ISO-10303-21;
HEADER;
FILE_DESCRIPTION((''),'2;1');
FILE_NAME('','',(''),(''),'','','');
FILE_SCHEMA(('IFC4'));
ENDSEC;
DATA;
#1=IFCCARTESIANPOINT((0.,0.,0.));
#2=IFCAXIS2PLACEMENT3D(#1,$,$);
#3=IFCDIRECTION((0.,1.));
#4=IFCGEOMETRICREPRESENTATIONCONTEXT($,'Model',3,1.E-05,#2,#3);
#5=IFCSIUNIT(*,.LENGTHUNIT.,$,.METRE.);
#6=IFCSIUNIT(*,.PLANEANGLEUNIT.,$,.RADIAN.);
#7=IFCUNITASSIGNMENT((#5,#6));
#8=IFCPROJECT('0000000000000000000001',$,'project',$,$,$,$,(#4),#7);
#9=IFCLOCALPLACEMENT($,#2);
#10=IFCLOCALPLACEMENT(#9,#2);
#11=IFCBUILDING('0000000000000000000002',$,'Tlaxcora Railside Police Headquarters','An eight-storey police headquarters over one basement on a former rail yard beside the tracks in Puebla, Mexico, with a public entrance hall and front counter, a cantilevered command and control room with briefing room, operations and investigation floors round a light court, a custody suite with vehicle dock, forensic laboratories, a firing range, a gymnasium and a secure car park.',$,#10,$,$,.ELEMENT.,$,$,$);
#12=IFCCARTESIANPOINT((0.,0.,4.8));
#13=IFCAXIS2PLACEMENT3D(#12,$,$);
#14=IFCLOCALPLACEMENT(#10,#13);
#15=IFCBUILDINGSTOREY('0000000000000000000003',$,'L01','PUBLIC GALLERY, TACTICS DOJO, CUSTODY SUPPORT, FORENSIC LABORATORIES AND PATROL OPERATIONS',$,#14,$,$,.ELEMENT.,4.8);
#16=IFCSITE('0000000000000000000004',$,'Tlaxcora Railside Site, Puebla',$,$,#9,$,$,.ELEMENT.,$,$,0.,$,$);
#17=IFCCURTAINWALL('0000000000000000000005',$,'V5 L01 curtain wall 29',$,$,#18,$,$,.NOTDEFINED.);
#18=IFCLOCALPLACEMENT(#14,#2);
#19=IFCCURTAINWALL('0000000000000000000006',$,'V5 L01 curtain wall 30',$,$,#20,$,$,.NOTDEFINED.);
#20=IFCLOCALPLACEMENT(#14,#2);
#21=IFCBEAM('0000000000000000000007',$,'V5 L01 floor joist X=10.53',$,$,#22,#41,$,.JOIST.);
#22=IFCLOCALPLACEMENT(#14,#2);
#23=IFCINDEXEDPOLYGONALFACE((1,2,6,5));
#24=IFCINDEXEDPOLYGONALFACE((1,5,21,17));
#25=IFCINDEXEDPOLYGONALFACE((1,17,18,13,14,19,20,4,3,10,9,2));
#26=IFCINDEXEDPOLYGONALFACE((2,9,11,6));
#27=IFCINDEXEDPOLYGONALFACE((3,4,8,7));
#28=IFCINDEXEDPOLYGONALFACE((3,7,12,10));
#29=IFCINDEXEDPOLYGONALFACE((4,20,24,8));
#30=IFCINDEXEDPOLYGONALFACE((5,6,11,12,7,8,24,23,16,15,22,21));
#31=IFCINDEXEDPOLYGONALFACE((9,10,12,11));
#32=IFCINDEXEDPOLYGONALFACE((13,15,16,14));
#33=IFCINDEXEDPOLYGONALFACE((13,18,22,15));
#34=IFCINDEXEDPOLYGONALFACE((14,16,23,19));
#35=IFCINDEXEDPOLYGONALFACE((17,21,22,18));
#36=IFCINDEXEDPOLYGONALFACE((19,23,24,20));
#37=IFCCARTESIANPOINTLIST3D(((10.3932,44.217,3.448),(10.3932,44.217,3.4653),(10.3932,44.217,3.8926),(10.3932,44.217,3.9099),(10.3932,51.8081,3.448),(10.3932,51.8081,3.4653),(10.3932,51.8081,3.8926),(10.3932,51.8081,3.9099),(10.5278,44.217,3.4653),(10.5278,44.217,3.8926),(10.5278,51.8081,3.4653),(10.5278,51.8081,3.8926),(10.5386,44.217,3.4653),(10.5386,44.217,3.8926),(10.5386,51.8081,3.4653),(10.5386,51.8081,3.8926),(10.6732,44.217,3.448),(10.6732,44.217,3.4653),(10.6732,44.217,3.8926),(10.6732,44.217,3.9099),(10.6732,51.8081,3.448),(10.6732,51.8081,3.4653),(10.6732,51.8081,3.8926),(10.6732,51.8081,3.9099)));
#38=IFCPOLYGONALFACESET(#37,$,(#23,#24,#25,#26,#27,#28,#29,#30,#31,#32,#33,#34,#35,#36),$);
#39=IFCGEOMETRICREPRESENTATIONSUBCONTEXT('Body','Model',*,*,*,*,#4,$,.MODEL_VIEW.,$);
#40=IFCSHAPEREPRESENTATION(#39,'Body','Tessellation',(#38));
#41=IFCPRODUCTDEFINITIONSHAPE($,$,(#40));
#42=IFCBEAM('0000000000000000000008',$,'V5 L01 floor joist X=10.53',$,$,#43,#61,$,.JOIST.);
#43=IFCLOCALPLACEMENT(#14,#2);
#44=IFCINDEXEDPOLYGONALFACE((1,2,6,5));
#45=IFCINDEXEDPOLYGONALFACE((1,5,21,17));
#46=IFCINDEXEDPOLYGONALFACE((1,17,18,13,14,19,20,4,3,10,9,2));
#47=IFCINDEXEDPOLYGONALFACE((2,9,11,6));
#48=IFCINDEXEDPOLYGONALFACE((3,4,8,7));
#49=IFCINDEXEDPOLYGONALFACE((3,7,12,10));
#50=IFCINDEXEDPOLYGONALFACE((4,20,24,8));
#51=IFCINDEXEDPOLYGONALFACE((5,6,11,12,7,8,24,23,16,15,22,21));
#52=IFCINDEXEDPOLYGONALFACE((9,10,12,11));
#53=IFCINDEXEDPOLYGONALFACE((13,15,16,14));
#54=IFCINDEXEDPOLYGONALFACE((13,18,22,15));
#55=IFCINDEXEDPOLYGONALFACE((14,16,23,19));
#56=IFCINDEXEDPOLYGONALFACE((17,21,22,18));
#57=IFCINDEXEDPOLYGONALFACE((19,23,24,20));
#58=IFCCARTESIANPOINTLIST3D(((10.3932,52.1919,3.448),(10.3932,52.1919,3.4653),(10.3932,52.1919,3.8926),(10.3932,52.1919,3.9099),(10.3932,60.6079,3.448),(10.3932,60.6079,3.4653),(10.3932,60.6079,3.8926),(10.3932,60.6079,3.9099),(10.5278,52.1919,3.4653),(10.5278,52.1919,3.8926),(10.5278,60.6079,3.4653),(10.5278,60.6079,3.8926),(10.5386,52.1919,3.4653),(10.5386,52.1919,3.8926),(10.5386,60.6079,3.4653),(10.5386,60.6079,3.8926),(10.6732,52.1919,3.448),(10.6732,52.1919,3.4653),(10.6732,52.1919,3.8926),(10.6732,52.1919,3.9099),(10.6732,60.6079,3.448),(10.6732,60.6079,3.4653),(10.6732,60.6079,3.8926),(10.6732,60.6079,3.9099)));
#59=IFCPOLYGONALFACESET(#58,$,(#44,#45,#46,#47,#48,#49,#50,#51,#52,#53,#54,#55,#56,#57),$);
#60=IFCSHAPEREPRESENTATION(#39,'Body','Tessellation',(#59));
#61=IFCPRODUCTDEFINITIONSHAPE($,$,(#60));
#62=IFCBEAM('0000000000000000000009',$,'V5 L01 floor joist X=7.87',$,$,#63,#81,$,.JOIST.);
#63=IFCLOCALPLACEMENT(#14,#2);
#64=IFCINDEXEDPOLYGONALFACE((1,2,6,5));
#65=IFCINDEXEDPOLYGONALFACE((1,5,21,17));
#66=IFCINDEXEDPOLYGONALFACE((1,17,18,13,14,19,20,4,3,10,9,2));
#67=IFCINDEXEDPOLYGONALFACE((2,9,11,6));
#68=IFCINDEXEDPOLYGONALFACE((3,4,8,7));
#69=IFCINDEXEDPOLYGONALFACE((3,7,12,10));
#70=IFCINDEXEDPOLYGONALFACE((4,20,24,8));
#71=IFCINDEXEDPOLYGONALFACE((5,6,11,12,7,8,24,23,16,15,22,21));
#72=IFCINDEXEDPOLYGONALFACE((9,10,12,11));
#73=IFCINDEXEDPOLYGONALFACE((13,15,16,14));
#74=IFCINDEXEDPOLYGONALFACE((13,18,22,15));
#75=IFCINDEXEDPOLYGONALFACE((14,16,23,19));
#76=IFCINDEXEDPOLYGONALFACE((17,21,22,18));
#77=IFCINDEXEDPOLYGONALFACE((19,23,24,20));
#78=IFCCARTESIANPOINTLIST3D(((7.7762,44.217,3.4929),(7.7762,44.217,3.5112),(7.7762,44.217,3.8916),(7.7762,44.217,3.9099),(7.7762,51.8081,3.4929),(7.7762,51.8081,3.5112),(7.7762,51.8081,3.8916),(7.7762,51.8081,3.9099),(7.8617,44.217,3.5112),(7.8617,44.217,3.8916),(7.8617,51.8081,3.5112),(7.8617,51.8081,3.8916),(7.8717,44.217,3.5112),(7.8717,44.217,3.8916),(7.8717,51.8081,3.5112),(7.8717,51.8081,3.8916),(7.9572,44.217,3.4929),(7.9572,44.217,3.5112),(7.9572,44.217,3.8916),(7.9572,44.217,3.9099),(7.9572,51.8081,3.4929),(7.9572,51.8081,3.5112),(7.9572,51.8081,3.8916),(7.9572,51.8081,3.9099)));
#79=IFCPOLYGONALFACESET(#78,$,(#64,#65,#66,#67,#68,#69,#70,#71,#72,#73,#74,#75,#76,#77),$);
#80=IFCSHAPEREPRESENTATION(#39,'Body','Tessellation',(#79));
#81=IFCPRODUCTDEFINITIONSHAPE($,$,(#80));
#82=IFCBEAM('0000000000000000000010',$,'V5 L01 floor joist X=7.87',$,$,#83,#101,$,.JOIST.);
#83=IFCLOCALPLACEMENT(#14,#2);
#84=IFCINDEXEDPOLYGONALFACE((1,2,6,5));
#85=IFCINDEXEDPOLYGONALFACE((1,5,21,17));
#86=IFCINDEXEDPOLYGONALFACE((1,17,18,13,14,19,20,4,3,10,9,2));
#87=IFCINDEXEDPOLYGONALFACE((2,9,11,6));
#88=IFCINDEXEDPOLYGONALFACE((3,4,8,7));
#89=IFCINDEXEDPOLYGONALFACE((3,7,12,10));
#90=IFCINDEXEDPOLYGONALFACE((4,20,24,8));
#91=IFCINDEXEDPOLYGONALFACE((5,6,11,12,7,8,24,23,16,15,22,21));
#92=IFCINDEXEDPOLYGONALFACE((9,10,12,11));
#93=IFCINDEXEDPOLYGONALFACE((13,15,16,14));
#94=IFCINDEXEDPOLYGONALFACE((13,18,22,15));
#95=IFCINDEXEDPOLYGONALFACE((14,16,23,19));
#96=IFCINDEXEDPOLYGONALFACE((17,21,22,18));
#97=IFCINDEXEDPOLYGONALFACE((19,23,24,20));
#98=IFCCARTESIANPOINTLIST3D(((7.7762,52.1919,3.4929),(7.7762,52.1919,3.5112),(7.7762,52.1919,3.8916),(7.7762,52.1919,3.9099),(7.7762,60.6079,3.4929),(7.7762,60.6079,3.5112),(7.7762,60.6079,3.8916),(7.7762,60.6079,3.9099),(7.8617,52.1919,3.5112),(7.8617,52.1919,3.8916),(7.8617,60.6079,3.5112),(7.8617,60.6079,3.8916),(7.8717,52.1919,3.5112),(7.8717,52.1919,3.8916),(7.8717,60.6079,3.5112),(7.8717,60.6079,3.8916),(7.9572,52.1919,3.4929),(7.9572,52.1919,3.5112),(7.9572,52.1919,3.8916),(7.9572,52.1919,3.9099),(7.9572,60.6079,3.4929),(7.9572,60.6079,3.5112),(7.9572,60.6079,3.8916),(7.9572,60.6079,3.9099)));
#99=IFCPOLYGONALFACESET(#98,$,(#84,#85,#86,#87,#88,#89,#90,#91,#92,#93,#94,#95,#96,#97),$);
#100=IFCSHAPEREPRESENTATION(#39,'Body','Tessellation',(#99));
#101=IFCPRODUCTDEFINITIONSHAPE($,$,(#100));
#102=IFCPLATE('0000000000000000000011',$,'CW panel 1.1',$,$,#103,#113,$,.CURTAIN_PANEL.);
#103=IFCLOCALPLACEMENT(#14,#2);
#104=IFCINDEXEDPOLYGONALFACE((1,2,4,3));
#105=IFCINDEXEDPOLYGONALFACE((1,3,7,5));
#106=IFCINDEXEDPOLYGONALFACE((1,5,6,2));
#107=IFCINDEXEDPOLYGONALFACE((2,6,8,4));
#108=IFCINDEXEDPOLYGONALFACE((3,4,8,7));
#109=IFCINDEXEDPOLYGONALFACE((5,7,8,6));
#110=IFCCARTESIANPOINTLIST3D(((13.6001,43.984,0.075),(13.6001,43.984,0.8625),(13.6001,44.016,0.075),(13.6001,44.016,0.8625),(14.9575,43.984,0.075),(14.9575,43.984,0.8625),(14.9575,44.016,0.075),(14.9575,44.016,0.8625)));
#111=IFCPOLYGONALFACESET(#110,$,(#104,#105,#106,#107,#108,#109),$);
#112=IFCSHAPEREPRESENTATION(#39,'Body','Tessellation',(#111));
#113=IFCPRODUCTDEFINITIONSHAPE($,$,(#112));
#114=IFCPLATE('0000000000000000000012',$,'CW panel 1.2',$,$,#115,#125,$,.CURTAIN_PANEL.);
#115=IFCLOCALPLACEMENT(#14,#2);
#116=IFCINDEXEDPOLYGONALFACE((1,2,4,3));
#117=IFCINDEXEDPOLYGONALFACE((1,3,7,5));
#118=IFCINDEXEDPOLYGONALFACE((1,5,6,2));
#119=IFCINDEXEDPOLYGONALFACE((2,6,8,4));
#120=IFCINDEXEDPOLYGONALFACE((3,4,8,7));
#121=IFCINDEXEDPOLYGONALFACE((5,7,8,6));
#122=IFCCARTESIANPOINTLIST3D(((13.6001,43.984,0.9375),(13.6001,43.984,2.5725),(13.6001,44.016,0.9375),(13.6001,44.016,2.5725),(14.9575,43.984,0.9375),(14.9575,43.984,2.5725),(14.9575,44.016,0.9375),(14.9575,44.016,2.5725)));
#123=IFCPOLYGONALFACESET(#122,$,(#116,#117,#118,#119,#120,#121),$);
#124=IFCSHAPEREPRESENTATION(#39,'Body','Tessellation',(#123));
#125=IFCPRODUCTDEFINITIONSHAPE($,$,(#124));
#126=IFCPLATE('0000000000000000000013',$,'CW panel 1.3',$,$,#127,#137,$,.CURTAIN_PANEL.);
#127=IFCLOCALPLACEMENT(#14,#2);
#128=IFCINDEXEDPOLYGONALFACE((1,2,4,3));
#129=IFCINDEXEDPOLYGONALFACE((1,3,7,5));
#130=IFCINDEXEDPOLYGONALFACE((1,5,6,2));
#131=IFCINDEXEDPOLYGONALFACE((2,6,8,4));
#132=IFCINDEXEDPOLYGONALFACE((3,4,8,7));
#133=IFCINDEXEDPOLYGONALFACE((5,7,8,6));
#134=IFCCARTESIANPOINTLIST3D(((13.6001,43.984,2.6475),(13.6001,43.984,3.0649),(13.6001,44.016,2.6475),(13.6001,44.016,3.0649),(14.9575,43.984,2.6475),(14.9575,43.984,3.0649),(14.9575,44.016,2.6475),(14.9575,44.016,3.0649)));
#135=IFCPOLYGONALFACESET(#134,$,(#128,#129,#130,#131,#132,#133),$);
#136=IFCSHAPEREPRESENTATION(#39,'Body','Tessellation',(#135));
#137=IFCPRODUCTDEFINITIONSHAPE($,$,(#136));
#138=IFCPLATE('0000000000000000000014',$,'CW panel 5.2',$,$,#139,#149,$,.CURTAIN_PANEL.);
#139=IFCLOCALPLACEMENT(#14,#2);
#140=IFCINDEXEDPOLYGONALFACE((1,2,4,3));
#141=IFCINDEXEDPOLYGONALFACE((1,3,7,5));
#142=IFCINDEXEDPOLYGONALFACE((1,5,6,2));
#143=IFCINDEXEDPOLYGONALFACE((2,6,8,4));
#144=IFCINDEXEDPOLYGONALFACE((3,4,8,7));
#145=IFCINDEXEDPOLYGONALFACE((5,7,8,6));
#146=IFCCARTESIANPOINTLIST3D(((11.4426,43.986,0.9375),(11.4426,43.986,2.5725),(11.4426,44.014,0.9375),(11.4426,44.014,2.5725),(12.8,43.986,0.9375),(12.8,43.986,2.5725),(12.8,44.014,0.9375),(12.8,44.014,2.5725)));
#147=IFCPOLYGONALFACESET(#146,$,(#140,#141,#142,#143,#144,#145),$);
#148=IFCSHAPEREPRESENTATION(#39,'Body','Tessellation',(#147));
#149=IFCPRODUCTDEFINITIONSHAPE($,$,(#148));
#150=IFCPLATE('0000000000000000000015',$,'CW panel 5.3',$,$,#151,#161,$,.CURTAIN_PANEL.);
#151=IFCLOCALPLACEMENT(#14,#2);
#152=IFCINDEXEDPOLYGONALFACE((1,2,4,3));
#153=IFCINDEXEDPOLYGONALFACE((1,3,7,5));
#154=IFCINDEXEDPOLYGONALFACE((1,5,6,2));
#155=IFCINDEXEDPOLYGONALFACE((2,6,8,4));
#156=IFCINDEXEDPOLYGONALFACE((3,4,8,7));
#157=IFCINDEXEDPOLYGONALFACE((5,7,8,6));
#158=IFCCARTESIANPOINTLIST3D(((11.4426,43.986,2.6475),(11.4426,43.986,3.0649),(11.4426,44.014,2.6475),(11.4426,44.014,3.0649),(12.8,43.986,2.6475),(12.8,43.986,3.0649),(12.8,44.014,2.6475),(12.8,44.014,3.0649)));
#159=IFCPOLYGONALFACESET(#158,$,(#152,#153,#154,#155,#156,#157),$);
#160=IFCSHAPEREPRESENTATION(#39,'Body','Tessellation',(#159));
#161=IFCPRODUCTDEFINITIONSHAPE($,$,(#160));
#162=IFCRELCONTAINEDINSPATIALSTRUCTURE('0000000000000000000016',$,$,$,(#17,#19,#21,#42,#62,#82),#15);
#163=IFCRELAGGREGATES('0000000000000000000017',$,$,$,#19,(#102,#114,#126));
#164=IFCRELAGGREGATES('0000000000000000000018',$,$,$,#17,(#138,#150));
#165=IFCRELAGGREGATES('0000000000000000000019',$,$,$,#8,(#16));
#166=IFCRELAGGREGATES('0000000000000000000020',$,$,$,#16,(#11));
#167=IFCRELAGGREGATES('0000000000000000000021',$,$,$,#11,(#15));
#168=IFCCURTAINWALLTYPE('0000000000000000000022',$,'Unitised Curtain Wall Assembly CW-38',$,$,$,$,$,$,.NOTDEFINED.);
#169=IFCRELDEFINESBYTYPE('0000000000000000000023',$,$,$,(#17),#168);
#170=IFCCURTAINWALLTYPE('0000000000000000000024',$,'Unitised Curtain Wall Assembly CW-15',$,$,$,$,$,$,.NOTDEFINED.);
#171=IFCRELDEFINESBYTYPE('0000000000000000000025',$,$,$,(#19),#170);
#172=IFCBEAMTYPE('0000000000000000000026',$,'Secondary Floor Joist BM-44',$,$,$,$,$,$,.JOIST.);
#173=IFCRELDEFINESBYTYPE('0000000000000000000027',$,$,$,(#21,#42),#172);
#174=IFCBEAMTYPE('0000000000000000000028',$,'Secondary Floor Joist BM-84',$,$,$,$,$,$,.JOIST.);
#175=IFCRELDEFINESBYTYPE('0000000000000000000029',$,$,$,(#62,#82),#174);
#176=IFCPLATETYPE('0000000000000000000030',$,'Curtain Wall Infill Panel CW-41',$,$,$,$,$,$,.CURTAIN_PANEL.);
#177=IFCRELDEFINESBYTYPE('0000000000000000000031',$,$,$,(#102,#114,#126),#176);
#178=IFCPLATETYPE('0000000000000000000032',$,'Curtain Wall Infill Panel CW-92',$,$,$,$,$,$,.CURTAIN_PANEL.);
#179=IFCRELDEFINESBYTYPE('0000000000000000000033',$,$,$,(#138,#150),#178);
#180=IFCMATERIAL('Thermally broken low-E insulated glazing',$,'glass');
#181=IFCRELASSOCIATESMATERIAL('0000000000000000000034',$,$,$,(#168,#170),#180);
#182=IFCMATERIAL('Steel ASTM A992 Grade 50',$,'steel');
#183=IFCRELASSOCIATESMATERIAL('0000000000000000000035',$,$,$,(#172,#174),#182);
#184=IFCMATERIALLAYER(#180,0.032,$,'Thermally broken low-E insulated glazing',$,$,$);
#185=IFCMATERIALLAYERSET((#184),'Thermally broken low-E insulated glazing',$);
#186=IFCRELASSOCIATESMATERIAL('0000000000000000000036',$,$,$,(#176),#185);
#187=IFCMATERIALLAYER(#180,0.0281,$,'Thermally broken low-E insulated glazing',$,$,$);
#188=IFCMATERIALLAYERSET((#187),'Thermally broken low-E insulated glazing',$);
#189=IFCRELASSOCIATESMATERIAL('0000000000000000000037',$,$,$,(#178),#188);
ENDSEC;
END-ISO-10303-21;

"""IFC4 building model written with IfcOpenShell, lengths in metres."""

from ifc_helpers import new_model, si_unit, direction, frame, origin, origin_2d, place, context, subcontext, project, spatial, rectangle, i_section, extrude, material, layer, layer_set, material_profile, profile_set, type_object, element, aggregate, save


model = new_model("IFC4")

# Units and contexts
model_context = context("Model", 3, precision=1e-05, world=origin(), true_north=direction((0.0, 1.0)))
body_context = subcontext(model_context, "Body", "Model", "MODEL_VIEW")
ifc_project = project(units=[si_unit("LENGTHUNIT", "METRE"), si_unit("PLANEANGLEUNIT", "RADIAN")], contexts=[model_context])

# Site, building, storey
site_placement = place(None, origin())
site = spatial("IfcSite", under=ifc_project, at=site_placement, Name="Tlaxcora Railside Site, Puebla", CompositionType="ELEMENT", RefElevation=0.0)
building_placement = place(site_placement, origin())
building = spatial("IfcBuilding", under=site, at=building_placement, Name="Tlaxcora Railside Police Headquarters", Description="An eight-storey police headquarters over one basement on a former rail yard beside the tracks in Puebla, Mexico, with a public entrance hall and front counter, a cantilevered command and control room with briefing room, operations and investigation floors round a light court, a custody suite with vehicle dock, forensic laboratories, a firing range, a gymnasium and a secure car park.", CompositionType="ELEMENT")
storey_placement = place(building_placement, frame((0.0, 0.0, 4.8)))
storey = spatial("IfcBuildingStorey", under=building, at=storey_placement, Name="L01", Description="PUBLIC GALLERY, TACTICS DOJO, CUSTODY SUPPORT, FORENSIC LABORATORIES AND PATROL OPERATIONS", CompositionType="ELEMENT", Elevation=4.8)

# Curtain wall
ifc_material_1 = material(Name="Thermally broken low-E insulated glazing", Category="glass")
curtain_wall_type_1 = type_object("IfcCurtainWallType", Name="Unitised Curtain Wall Assembly CW-38", PredefinedType="NOTDEFINED", material=ifc_material_1)
curtain_wall_1_placement = place(storey_placement, origin())
curtain_wall_1 = element("IfcCurtainWall", 1, at=curtain_wall_1_placement, inside=storey, type_object=curtain_wall_type_1, Name="V5 L01 curtain wall 29", PredefinedType="NOTDEFINED")

# Curtain wall
curtain_wall_type_2 = type_object("IfcCurtainWallType", Name="Unitised Curtain Wall Assembly CW-15", PredefinedType="NOTDEFINED", material=ifc_material_1)
curtain_wall_2_placement = place(storey_placement, origin())
curtain_wall_2 = element("IfcCurtainWall", 2, at=curtain_wall_2_placement, inside=storey, type_object=curtain_wall_type_2, Name="V5 L01 curtain wall 30", PredefinedType="NOTDEFINED")

# Beams
ifc_material_2 = material(Name="Steel ASTM A992 Grade 50", Category="steel")
ifc_material_profile_1 = material_profile(ifc_material_2, i_section(OverallWidth=0.28, OverallDepth=0.4619, WebThickness=0.0107, FlangeThickness=0.0173, at=origin_2d()), Name="W18X76")
ifc_profile_set_1 = profile_set([ifc_material_profile_1], Name="Steel ASTM A992 Grade 50")
beam_type_1 = type_object("IfcBeamType", Name="Secondary Floor Joist BM-44", PredefinedType="JOIST", material=ifc_profile_set_1)
beam_1_placement = place(storey_placement, frame((10.5332, 44.217, 3.679), z_axis=(0.0, 1.0, 0.0), x_axis=(-1.0, 0.0, 0.0)))
element("IfcBeam", 3, at=beam_1_placement, inside=storey, type_object=beam_type_1, Name="V5 L01 floor joist X=10.53", PredefinedType="JOIST", context=body_context, shape_type="SweptSolid", body=[
    extrude(i_section(OverallWidth=0.28, OverallDepth=0.4619, WebThickness=0.0107, FlangeThickness=0.0173, at=origin_2d()), origin(), (0.0, 0.0, 1.0), 7.5911),
])
beam_2_placement = place(storey_placement, frame((10.5332, 52.1919, 3.679), z_axis=(0.0, 1.0, 0.0), x_axis=(-1.0, 0.0, 0.0)))
element("IfcBeam", 4, at=beam_2_placement, inside=storey, type_object=beam_type_1, Name="V5 L01 floor joist X=10.53", PredefinedType="JOIST", context=body_context, shape_type="SweptSolid", body=[
    extrude(i_section(OverallWidth=0.28, OverallDepth=0.4619, WebThickness=0.0107, FlangeThickness=0.0173, at=origin_2d()), origin(), (0.0, 0.0, 1.0), 8.416),
])
ifc_material_profile_2 = material_profile(ifc_material_2, i_section(OverallWidth=0.1809, OverallDepth=0.417, WebThickness=0.01, FlangeThickness=0.0183, at=origin_2d()), Name="W16X57")
ifc_profile_set_2 = profile_set([ifc_material_profile_2], Name="Steel ASTM A992 Grade 50")
beam_type_2 = type_object("IfcBeamType", Name="Secondary Floor Joist BM-84", PredefinedType="JOIST", material=ifc_profile_set_2)
beam_3_placement = place(storey_placement, frame((7.8667, 44.217, 3.7014), z_axis=(0.0, 1.0, 0.0), x_axis=(-1.0, 0.0, 0.0)))
element("IfcBeam", 5, at=beam_3_placement, inside=storey, type_object=beam_type_2, Name="V5 L01 floor joist X=7.87", PredefinedType="JOIST", context=body_context, shape_type="SweptSolid", body=[
    extrude(i_section(OverallWidth=0.1809, OverallDepth=0.417, WebThickness=0.01, FlangeThickness=0.0183, at=origin_2d()), origin(), (0.0, 0.0, 1.0), 7.5911),
])
beam_4_placement = place(storey_placement, frame((7.8667, 52.1919, 3.7014), z_axis=(0.0, 1.0, 0.0), x_axis=(-1.0, 0.0, 0.0)))
element("IfcBeam", 6, at=beam_4_placement, inside=storey, type_object=beam_type_2, Name="V5 L01 floor joist X=7.87", PredefinedType="JOIST", context=body_context, shape_type="SweptSolid", body=[
    extrude(i_section(OverallWidth=0.1809, OverallDepth=0.417, WebThickness=0.01, FlangeThickness=0.0183, at=origin_2d()), origin(), (0.0, 0.0, 1.0), 8.416),
])

# Plates
ifc_layer_1 = layer(ifc_material_1, 0.032, Name="Thermally broken low-E insulated glazing")
ifc_layer_set_1 = layer_set([ifc_layer_1], Name="Thermally broken low-E insulated glazing")
plate_type_1 = type_object("IfcPlateType", Name="Curtain Wall Infill Panel CW-41", PredefinedType="CURTAIN_PANEL", material=ifc_layer_set_1)
plate_1_placement = place(storey_placement, frame((14.2788, 44.0, 0.075), z_axis=(0.0, 0.0, 1.0), x_axis=(1.0, 0.0, 0.0)))
plate_1 = element("IfcPlate", 7, at=plate_1_placement, type_object=plate_type_1, Name="CW panel 1.1", PredefinedType="CURTAIN_PANEL", context=body_context, shape_type="SweptSolid", body=[
    extrude(rectangle(XDim=1.3574, YDim=0.032, at=origin_2d()), origin(), (0.0, 0.0, 1.0), 0.7876),
])
plate_2_placement = place(storey_placement, frame((14.2788, 44.0, 0.9375), z_axis=(0.0, 0.0, 1.0), x_axis=(1.0, 0.0, 0.0)))
plate_2 = element("IfcPlate", 8, at=plate_2_placement, type_object=plate_type_1, Name="CW panel 1.2", PredefinedType="CURTAIN_PANEL", context=body_context, shape_type="SweptSolid", body=[
    extrude(rectangle(XDim=1.3574, YDim=0.032, at=origin_2d()), origin(), (0.0, 0.0, 1.0), 1.635),
])
plate_3_placement = place(storey_placement, frame((14.2788, 44.0, 2.6475), z_axis=(0.0, 0.0, 1.0), x_axis=(1.0, 0.0, 0.0)))
plate_3 = element("IfcPlate", 9, at=plate_3_placement, type_object=plate_type_1, Name="CW panel 1.3", PredefinedType="CURTAIN_PANEL", context=body_context, shape_type="SweptSolid", body=[
    extrude(rectangle(XDim=1.3574, YDim=0.032, at=origin_2d()), origin(), (0.0, 0.0, 1.0), 0.4175),
])
aggregate(curtain_wall_2, [plate_1, plate_2, plate_3])
ifc_layer_2 = layer(ifc_material_1, 0.0281, Name="Thermally broken low-E insulated glazing")
ifc_layer_set_2 = layer_set([ifc_layer_2], Name="Thermally broken low-E insulated glazing")
plate_type_2 = type_object("IfcPlateType", Name="Curtain Wall Infill Panel CW-92", PredefinedType="CURTAIN_PANEL", material=ifc_layer_set_2)
plate_4_placement = place(storey_placement, frame((12.1213, 44.0, 0.9375), z_axis=(0.0, 0.0, 1.0), x_axis=(1.0, 0.0, 0.0)))
plate_4 = element("IfcPlate", 10, at=plate_4_placement, type_object=plate_type_2, Name="CW panel 5.2", PredefinedType="CURTAIN_PANEL", context=body_context, shape_type="SweptSolid", body=[
    extrude(rectangle(XDim=1.3574, YDim=0.0281, at=origin_2d()), origin(), (0.0, 0.0, 1.0), 1.635),
])
plate_5_placement = place(storey_placement, frame((12.1213, 44.0, 2.6475), z_axis=(0.0, 0.0, 1.0), x_axis=(1.0, 0.0, 0.0)))
plate_5 = element("IfcPlate", 11, at=plate_5_placement, type_object=plate_type_2, Name="CW panel 5.3", PredefinedType="CURTAIN_PANEL", context=body_context, shape_type="SweptSolid", body=[
    extrude(rectangle(XDim=1.3574, YDim=0.0281, at=origin_2d()), origin(), (0.0, 0.0, 1.0), 0.4175),
])
aggregate(curtain_wall_1, [plate_4, plate_5])

save(model, "model.ifc")
